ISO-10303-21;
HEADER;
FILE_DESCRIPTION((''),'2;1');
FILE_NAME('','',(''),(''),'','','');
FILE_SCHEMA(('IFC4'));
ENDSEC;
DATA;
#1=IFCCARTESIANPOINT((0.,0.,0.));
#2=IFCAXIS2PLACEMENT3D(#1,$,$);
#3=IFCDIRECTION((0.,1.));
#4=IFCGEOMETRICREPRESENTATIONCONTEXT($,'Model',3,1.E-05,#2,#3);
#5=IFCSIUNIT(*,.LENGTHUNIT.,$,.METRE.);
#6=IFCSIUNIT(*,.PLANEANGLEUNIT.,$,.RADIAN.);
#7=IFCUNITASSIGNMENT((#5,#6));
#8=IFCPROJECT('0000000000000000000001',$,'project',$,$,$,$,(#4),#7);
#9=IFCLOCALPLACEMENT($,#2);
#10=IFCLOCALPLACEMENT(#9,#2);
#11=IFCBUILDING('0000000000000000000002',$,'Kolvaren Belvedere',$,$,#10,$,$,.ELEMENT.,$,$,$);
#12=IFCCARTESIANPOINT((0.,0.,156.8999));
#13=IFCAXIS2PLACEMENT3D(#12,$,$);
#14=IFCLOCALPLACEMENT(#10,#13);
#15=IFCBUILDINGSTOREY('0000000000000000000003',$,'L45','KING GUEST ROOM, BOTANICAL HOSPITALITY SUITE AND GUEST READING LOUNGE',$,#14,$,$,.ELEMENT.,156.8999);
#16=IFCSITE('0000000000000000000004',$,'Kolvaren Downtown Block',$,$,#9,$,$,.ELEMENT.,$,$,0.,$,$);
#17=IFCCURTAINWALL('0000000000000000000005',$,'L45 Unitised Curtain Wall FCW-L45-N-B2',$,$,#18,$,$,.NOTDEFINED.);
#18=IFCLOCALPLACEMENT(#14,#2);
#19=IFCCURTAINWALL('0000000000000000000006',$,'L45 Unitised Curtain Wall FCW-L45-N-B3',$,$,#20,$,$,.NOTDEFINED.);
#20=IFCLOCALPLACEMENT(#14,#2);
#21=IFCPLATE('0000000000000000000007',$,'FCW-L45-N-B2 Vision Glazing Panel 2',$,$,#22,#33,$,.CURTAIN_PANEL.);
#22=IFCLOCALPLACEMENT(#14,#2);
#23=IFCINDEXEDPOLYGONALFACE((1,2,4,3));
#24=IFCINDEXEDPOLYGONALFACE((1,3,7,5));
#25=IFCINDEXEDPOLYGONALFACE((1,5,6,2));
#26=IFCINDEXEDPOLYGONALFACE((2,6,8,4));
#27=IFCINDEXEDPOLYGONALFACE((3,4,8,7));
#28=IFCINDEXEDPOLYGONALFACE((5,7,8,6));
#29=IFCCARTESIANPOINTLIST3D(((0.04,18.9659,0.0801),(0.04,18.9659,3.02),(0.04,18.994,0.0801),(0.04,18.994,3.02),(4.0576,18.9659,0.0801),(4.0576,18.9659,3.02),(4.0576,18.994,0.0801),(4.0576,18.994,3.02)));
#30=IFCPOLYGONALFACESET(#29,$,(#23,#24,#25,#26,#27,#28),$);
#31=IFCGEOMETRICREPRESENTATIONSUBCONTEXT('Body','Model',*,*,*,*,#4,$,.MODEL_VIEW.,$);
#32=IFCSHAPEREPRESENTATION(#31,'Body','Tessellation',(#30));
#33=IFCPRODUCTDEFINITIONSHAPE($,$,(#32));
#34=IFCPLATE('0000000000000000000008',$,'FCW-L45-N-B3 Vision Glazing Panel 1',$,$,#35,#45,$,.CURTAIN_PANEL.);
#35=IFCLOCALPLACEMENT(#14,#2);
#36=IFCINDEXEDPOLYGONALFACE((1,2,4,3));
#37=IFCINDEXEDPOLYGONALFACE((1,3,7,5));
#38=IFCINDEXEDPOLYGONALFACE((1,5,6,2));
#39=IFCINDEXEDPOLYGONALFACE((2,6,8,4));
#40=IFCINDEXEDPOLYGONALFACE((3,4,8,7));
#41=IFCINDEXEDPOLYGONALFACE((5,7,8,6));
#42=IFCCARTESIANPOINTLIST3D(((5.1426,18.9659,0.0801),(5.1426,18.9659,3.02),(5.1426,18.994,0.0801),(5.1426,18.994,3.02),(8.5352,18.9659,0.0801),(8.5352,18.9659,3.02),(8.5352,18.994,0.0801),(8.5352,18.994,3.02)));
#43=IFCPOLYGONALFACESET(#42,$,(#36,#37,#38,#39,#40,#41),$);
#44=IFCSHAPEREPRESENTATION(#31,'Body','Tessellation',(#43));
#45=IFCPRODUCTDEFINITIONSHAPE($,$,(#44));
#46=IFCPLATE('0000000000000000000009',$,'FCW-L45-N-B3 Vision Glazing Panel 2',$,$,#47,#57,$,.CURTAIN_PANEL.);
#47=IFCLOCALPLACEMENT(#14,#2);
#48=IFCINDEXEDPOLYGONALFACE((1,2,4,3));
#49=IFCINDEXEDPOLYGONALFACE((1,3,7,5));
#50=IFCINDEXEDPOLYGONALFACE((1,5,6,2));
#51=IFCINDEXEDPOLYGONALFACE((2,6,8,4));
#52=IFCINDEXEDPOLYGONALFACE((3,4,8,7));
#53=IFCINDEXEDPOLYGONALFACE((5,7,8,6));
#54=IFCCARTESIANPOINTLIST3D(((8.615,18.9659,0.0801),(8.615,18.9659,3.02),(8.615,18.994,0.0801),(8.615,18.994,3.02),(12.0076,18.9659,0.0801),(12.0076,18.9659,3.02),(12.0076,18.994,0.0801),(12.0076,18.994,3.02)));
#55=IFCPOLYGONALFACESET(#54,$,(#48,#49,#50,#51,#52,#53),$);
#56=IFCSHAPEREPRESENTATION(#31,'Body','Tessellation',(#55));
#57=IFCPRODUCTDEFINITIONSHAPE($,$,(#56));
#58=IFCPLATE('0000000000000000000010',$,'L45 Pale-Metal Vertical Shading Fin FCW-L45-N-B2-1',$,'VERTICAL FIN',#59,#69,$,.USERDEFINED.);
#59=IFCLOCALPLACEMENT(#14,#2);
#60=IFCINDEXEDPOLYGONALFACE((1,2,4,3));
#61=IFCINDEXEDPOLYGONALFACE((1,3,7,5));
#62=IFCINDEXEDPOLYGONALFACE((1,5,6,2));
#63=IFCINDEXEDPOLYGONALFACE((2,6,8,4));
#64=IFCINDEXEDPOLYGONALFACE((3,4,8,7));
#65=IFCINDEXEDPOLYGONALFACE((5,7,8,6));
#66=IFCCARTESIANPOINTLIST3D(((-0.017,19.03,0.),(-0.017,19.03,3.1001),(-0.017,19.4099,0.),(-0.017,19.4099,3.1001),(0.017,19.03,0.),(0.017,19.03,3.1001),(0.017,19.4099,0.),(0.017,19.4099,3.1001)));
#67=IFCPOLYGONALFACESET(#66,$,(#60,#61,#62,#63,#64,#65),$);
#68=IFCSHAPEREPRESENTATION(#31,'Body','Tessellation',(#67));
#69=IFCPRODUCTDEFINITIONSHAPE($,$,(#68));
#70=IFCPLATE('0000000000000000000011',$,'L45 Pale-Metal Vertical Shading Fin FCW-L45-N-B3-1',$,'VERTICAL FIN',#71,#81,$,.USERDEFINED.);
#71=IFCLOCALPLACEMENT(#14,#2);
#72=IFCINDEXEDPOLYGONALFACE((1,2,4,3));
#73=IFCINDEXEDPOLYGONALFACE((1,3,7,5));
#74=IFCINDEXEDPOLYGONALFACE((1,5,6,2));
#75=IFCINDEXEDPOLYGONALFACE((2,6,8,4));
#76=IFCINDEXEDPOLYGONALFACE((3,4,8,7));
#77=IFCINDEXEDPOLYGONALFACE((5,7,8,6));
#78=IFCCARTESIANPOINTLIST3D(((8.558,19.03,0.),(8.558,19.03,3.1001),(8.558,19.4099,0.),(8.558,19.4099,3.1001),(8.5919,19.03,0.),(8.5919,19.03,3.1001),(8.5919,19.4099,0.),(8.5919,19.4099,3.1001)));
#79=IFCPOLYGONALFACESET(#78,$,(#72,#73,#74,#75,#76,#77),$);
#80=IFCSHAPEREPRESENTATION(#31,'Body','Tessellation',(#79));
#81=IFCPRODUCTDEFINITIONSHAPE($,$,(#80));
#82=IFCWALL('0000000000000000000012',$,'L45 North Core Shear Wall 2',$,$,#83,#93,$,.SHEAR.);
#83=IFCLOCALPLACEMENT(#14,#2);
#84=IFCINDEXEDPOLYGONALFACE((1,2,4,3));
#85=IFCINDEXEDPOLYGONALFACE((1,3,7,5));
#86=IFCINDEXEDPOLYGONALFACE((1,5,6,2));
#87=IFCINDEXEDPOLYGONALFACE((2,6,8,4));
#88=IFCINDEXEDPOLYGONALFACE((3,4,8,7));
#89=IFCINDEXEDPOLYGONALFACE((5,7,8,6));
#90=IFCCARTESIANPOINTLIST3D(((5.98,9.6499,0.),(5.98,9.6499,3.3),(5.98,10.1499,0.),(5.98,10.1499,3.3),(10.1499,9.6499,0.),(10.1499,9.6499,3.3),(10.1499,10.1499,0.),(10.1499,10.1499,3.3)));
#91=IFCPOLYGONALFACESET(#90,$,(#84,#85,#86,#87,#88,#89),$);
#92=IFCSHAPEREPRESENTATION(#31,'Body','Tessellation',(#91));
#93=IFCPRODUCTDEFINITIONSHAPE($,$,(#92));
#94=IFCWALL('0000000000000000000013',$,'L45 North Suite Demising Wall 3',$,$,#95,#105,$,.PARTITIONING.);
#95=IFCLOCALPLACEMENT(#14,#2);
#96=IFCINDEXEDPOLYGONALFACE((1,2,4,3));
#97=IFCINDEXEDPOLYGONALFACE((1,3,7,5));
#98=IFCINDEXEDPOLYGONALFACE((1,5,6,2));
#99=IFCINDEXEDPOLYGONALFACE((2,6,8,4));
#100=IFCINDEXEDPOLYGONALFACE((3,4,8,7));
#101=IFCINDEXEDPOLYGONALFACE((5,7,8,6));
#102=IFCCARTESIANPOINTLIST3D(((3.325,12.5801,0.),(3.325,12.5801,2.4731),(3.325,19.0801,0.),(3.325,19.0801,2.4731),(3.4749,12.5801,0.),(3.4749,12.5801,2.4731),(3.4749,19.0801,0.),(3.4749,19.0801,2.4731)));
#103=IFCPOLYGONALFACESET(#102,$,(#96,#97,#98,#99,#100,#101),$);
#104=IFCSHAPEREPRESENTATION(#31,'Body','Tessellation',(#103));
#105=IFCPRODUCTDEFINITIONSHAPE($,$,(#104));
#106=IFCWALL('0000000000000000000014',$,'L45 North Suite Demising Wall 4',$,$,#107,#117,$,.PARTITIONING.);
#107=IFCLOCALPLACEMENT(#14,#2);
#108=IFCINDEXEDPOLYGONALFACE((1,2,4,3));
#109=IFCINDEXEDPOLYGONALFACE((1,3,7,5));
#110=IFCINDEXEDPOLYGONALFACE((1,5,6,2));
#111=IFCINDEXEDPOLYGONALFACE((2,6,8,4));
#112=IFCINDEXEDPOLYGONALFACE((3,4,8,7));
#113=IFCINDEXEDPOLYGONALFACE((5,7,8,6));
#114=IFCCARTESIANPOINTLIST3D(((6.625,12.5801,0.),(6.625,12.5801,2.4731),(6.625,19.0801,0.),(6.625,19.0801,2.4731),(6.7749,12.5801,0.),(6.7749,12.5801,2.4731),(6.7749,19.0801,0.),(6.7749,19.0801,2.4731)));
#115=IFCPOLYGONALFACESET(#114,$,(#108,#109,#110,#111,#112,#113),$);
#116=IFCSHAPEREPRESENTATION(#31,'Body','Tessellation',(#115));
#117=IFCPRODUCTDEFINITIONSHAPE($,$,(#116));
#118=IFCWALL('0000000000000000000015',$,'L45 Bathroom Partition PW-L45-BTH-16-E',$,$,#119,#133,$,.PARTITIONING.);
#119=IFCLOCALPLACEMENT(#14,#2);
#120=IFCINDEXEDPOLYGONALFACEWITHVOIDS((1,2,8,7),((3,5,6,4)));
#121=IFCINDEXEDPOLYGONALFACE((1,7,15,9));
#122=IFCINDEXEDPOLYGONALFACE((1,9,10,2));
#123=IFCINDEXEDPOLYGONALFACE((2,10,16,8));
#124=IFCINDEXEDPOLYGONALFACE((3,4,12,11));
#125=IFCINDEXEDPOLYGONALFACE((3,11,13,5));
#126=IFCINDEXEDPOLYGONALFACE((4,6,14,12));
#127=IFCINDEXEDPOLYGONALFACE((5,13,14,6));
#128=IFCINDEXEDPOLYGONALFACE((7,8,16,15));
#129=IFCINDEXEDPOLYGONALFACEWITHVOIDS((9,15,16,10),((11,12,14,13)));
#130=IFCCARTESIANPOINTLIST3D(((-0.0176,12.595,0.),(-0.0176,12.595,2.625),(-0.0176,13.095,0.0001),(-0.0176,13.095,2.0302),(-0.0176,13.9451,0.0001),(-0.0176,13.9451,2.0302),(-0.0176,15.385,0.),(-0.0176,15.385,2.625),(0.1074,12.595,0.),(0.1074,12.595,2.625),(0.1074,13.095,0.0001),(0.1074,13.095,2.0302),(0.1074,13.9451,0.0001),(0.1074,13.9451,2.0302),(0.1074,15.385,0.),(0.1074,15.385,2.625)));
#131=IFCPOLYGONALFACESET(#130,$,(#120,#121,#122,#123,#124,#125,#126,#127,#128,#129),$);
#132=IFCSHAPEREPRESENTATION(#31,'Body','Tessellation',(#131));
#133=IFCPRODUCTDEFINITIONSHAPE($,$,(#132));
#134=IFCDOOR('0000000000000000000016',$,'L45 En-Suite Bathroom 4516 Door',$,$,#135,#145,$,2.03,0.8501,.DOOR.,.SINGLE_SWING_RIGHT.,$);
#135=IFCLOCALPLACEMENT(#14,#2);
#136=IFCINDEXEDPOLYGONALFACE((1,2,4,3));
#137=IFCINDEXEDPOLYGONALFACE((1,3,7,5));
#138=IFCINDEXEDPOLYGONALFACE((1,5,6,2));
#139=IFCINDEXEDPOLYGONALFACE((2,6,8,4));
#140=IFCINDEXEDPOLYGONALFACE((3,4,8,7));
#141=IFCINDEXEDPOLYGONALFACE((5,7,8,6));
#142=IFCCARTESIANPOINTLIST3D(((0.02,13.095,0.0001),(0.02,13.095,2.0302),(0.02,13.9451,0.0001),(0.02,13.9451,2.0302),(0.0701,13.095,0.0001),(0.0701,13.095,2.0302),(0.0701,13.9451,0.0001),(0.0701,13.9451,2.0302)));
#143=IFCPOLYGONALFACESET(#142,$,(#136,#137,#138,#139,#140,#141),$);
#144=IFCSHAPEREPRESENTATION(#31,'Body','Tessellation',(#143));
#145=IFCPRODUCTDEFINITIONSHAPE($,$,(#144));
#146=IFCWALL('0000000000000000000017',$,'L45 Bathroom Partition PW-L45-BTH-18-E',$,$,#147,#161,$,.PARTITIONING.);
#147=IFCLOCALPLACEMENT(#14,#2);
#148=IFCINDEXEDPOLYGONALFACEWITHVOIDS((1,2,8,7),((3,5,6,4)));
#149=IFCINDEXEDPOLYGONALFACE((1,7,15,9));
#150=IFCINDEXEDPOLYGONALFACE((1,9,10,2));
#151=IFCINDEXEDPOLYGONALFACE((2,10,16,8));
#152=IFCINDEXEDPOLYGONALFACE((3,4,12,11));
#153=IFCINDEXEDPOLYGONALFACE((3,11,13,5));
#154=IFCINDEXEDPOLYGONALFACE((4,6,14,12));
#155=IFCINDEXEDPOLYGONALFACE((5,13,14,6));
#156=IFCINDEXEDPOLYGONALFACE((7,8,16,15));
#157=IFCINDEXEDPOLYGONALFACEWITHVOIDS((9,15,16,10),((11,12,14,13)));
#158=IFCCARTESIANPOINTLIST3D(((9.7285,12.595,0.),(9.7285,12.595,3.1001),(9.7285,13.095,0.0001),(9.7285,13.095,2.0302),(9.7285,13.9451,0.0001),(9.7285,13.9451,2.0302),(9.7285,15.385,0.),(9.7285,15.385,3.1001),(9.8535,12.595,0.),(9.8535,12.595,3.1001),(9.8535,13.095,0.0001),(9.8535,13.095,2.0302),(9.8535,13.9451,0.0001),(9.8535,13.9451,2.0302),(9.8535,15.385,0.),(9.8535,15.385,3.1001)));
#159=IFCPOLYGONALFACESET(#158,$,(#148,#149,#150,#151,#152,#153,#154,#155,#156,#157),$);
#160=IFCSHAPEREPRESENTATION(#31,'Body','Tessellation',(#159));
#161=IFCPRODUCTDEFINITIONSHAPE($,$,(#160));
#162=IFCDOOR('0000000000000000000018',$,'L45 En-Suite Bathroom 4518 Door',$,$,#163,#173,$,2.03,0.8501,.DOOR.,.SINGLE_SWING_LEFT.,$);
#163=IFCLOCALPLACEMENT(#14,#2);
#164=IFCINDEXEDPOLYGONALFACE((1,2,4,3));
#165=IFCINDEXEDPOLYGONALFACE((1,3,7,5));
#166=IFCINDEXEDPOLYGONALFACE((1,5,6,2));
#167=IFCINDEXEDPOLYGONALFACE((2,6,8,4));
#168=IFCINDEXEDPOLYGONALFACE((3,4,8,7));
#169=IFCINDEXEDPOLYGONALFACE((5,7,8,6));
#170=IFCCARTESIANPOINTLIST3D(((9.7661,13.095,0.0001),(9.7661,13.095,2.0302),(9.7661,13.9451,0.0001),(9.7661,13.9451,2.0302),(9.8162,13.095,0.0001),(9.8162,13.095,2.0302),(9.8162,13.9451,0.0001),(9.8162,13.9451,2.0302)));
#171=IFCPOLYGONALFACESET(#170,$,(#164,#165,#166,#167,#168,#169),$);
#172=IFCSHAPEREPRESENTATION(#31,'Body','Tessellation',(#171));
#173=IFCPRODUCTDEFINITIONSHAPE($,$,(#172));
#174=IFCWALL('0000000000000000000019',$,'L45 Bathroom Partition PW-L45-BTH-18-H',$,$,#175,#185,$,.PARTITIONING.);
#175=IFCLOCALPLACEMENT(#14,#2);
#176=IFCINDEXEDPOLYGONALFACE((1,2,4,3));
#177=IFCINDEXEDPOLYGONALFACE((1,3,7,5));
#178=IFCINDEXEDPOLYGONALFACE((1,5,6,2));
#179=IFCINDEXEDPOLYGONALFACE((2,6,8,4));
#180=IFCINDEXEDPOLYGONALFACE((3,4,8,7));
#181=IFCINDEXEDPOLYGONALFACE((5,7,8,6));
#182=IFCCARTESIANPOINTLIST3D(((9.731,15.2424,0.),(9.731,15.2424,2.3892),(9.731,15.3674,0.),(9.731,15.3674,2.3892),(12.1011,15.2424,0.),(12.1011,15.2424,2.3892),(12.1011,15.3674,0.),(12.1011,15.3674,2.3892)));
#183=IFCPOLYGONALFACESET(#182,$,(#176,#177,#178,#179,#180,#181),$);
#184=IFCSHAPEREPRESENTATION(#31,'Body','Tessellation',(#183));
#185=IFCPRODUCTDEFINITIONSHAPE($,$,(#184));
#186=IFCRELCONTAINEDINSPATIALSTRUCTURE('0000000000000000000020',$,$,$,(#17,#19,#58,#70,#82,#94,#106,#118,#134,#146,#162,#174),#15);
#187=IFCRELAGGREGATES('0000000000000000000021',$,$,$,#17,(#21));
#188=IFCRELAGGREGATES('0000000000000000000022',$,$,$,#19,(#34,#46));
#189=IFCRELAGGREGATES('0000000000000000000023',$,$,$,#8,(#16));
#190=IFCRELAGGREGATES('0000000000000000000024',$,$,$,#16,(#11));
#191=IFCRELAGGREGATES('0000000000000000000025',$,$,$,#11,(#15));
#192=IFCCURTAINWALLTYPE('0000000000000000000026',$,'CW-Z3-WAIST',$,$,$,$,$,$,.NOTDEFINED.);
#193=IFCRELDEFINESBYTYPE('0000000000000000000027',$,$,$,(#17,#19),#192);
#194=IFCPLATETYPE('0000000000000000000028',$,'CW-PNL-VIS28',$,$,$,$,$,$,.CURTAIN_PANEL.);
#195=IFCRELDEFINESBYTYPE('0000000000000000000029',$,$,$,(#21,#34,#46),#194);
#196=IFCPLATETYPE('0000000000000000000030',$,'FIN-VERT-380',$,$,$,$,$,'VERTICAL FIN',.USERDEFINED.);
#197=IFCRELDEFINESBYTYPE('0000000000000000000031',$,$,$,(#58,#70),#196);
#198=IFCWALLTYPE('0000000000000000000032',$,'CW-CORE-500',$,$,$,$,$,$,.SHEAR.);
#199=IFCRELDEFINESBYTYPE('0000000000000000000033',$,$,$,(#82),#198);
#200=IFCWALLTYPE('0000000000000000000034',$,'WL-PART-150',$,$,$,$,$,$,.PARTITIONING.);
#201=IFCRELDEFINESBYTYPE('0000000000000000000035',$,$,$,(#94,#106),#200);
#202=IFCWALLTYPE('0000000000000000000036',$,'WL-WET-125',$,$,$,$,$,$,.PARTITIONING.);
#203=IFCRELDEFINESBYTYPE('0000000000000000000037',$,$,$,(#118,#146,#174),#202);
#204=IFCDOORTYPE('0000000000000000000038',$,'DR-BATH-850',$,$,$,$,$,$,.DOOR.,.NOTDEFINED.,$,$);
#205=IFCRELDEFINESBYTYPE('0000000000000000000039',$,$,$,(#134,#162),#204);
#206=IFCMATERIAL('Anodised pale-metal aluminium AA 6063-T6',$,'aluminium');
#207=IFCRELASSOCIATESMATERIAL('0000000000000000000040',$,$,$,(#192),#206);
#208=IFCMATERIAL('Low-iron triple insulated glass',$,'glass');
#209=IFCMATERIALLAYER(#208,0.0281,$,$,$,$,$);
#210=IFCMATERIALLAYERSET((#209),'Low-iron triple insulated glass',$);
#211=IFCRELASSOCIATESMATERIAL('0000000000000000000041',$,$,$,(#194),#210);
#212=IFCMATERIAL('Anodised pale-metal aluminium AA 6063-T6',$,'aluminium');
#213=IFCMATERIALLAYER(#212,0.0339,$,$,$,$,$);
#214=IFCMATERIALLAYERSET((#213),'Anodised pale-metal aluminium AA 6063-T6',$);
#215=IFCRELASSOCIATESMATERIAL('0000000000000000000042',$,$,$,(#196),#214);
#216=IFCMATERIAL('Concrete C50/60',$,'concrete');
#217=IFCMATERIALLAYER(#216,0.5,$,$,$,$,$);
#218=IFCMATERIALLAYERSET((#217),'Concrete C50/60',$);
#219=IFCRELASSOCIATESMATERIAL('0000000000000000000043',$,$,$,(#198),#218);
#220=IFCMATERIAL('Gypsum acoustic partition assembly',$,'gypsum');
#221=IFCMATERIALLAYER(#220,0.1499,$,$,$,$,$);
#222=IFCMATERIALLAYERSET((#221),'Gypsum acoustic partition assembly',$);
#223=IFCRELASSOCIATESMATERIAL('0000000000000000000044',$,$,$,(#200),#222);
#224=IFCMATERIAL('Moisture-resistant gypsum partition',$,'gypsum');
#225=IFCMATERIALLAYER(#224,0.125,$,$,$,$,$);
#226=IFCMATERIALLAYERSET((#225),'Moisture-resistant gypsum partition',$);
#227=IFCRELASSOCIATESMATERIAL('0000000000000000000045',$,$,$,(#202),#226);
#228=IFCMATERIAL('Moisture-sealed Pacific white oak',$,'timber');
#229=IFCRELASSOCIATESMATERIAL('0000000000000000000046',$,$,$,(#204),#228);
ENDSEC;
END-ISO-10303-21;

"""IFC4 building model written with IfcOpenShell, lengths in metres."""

from ifc_helpers import new_model, si_unit, direction, frame, frame_2d, origin, origin_2d, place, context, subcontext, project, spatial, rectangle, extrude, material, layer, layer_set, type_object, element, fill, aggregate, save


model = new_model("IFC4")

# Units and contexts
model_context = context("Model", 3, precision=1e-05, world=origin(), true_north=direction((0.0, 1.0)))
body_context = subcontext(model_context, "Body", "Model", "MODEL_VIEW")
ifc_project = project(units=[si_unit("LENGTHUNIT", "METRE"), si_unit("PLANEANGLEUNIT", "RADIAN")], contexts=[model_context])

# Site, building, storey
site_placement = place(None, origin())
site = spatial("IfcSite", under=ifc_project, at=site_placement, Name="Kolvaren Downtown Block", CompositionType="ELEMENT", RefElevation=0.0)
building_placement = place(site_placement, origin())
building = spatial("IfcBuilding", under=site, at=building_placement, Name="Kolvaren Belvedere", CompositionType="ELEMENT")
storey_placement = place(building_placement, frame((0.0, 0.0, 156.8999)))
storey = spatial("IfcBuildingStorey", under=building, at=storey_placement, Name="L45", Description="KING GUEST ROOM, BOTANICAL HOSPITALITY SUITE AND GUEST READING LOUNGE", CompositionType="ELEMENT", Elevation=156.8999)

# Curtain walls
ifc_material_1 = material(Name="Anodised pale-metal aluminium AA 6063-T6", Category="aluminium")
curtain_wall_type = type_object("IfcCurtainWallType", Name="CW-Z3-WAIST", PredefinedType="NOTDEFINED", material=ifc_material_1)
curtain_wall_1_placement = place(storey_placement, origin())
curtain_wall_1 = element("IfcCurtainWall", 1, at=curtain_wall_1_placement, inside=storey, type_object=curtain_wall_type, Name="L45 Unitised Curtain Wall FCW-L45-N-B2", PredefinedType="NOTDEFINED")
curtain_wall_2_placement = place(storey_placement, origin())
curtain_wall_2 = element("IfcCurtainWall", 2, at=curtain_wall_2_placement, inside=storey, type_object=curtain_wall_type, Name="L45 Unitised Curtain Wall FCW-L45-N-B3", PredefinedType="NOTDEFINED")

# Plates
ifc_material_2 = material(Name="Low-iron triple insulated glass", Category="glass")
ifc_layer_1 = layer(ifc_material_2, 0.0281)
ifc_layer_set_1 = layer_set([ifc_layer_1], Name="Low-iron triple insulated glass")
plate_type_1 = type_object("IfcPlateType", Name="CW-PNL-VIS28", PredefinedType="CURTAIN_PANEL", material=ifc_layer_set_1)
plate_1_placement = place(storey_placement, frame((2.0488, 18.98, 0.0801), z_axis=(0.0, 0.0, 1.0), x_axis=(1.0, 0.0, 0.0)))
plate_1 = element("IfcPlate", 3, at=plate_1_placement, type_object=plate_type_1, Name="FCW-L45-N-B2 Vision Glazing Panel 2", PredefinedType="CURTAIN_PANEL", context=body_context, shape_type="SweptSolid", body=[
    extrude(rectangle(XDim=4.0176, YDim=0.0281, at=origin_2d()), origin(), (0.0, 0.0, 1.0), 2.9399),
])
aggregate(curtain_wall_1, [plate_1])
plate_2_placement = place(storey_placement, frame((6.8389, 18.98, 0.0801), z_axis=(0.0, 0.0, 1.0), x_axis=(1.0, 0.0, 0.0)))
plate_2 = element("IfcPlate", 4, at=plate_2_placement, type_object=plate_type_1, Name="FCW-L45-N-B3 Vision Glazing Panel 1", PredefinedType="CURTAIN_PANEL", context=body_context, shape_type="SweptSolid", body=[
    extrude(rectangle(XDim=3.3926, YDim=0.0281, at=origin_2d()), origin(), (0.0, 0.0, 1.0), 2.9399),
])
plate_3_placement = place(storey_placement, frame((10.3113, 18.98, 0.0801), z_axis=(0.0, 0.0, 1.0), x_axis=(1.0, 0.0, 0.0)))
plate_3 = element("IfcPlate", 5, at=plate_3_placement, type_object=plate_type_1, Name="FCW-L45-N-B3 Vision Glazing Panel 2", PredefinedType="CURTAIN_PANEL", context=body_context, shape_type="SweptSolid", body=[
    extrude(rectangle(XDim=3.3926, YDim=0.0281, at=origin_2d()), origin(), (0.0, 0.0, 1.0), 2.9399),
])
aggregate(curtain_wall_2, [plate_2, plate_3])

# Plates
ifc_material_3 = material(Name="Anodised pale-metal aluminium AA 6063-T6", Category="aluminium")
ifc_layer_2 = layer(ifc_material_3, 0.0339)
ifc_layer_set_2 = layer_set([ifc_layer_2], Name="Anodised pale-metal aluminium AA 6063-T6")
plate_type_2 = type_object("IfcPlateType", Name="FIN-VERT-380", ElementType="VERTICAL FIN", PredefinedType="USERDEFINED", material=ifc_layer_set_2)
for number, where, z_axis, x_axis, name in (
    (6, (0.0, 19.22, 0.0), (0.0, 0.0, 1.0), (0.0, 1.0, 0.0), "L45 Pale-Metal Vertical Shading Fin FCW-L45-N-B2-1"),
    (7, (8.575, 19.22, 0.0), (0.0, 0.0, 1.0), (0.0, 1.0, 0.0), "L45 Pale-Metal Vertical Shading Fin FCW-L45-N-B3-1"),
):
    element("IfcPlate", number, at=place(storey_placement, frame(where, z_axis=z_axis, x_axis=x_axis)), inside=storey, type_object=plate_type_2, Name=name, ObjectType="VERTICAL FIN", PredefinedType="USERDEFINED", context=body_context, shape_type="SweptSolid", body=[
        extrude(rectangle(XDim=0.3799, YDim=0.0339, at=origin_2d()), origin(), (0.0, 0.0, 1.0), 3.1001),
    ])

# Walls
ifc_material_4 = material(Name="Concrete C50/60", Category="concrete")
ifc_layer_3 = layer(ifc_material_4, 0.5)
ifc_layer_set_3 = layer_set([ifc_layer_3], Name="Concrete C50/60")
wall_type_1 = type_object("IfcWallType", Name="CW-CORE-500", PredefinedType="SHEAR", material=ifc_layer_set_3)
wall_1_placement = place(storey_placement, frame((5.98, 9.8999, 0.0), z_axis=(0.0, 0.0, 1.0), x_axis=(1.0, 0.0, 0.0)))
element("IfcWall", 8, at=wall_1_placement, inside=storey, type_object=wall_type_1, Name="L45 North Core Shear Wall 2", PredefinedType="SHEAR", context=body_context, shape_type="SweptSolid", body=[
    extrude(rectangle(XDim=4.1699, YDim=0.5, at=frame_2d((2.085, 0.0))), origin(), (0.0, 0.0, 1.0), 3.3),
])
ifc_material_5 = material(Name="Gypsum acoustic partition assembly", Category="gypsum")
ifc_layer_4 = layer(ifc_material_5, 0.1499)
ifc_layer_set_4 = layer_set([ifc_layer_4], Name="Gypsum acoustic partition assembly")
wall_type_2 = type_object("IfcWallType", Name="WL-PART-150", PredefinedType="PARTITIONING", material=ifc_layer_set_4)
for number, where, z_axis, x_axis, name in (
    (9, (3.3999, 12.5801, 0.0), (0.0, 0.0, 1.0), (0.0, 1.0, 0.0), "L45 North Suite Demising Wall 3"),
    (10, (6.7, 12.5801, 0.0), (0.0, 0.0, 1.0), (0.0, 1.0, 0.0), "L45 North Suite Demising Wall 4"),
):
    element("IfcWall", number, at=place(storey_placement, frame(where, z_axis=z_axis, x_axis=x_axis)), inside=storey, type_object=wall_type_2, Name=name, PredefinedType="PARTITIONING", context=body_context, shape_type="SweptSolid", body=[
        extrude(rectangle(XDim=6.5, YDim=0.1499, at=frame_2d((3.25, 0.0))), origin(), (0.0, 0.0, 1.0), 2.4731),
    ])

# Walls, openings, doors
ifc_material_6 = material(Name="Moisture-resistant gypsum partition", Category="gypsum")
ifc_layer_5 = layer(ifc_material_6, 0.125)
ifc_layer_set_5 = layer_set([ifc_layer_5], Name="Moisture-resistant gypsum partition")
wall_type_3 = type_object("IfcWallType", Name="WL-WET-125", PredefinedType="PARTITIONING", material=ifc_layer_set_5)
wall_2_placement = place(storey_placement, frame((0.0449, 12.595, 0.0), z_axis=(0.0, 0.0, 1.0), x_axis=(0.0, 1.0, 0.0)))
wall_2 = element("IfcWall", 11, at=wall_2_placement, inside=storey, type_object=wall_type_3, Name="L45 Bathroom Partition PW-L45-BTH-16-E", PredefinedType="PARTITIONING", context=body_context, shape_type="SweptSolid", body=[
    extrude(rectangle(XDim=2.79, YDim=0.125, at=frame_2d((1.395, 0.0))), origin(), (0.0, 0.0, 1.0), 2.625),
])
opening_1_placement = place(wall_2_placement, frame((0.5, 0.0, 0.0)))
opening_1 = element("IfcOpeningElement", 12, at=opening_1_placement, cuts=wall_2, PredefinedType="OPENING", context=body_context, shape_type="SweptSolid", body=[
    extrude(rectangle(XDim=0.8501, YDim=2.03, at=frame_2d((0.425, 1.0151))), frame((0.0, 0.0725, 0.0), z_axis=(0.0, -1.0, 0.0), x_axis=(1.0, 0.0, 0.0)), (0.0, 0.0, 1.0), 0.145),
])
ifc_material_7 = material(Name="Moisture-sealed Pacific white oak", Category="timber")
door_type = type_object("IfcDoorType", Name="DR-BATH-850", OperationType="NOTDEFINED", PredefinedType="DOOR", material=ifc_material_7)
door_1_placement = place(opening_1_placement, origin())
door_1 = element("IfcDoor", 13, at=door_1_placement, inside=storey, type_object=door_type, Name="L45 En-Suite Bathroom 4516 Door", OperationType="SINGLE_SWING_RIGHT", OverallHeight=2.03, OverallWidth=0.8501, PredefinedType="DOOR", context=body_context, shape_type="SweptSolid", body=[
    extrude(rectangle(XDim=0.8501, YDim=2.03, at=frame_2d((0.425, 1.0151))), frame((0.0, 0.0249, 0.0), z_axis=(0.0, -1.0, 0.0), x_axis=(1.0, 0.0, 0.0)), (0.0, 0.0, 1.0), 0.05),
])
fill(opening_1, door_1)
wall_3_placement = place(storey_placement, frame((9.791, 12.595, 0.0), z_axis=(0.0, 0.0, 1.0), x_axis=(0.0, 1.0, 0.0)))
wall_3 = element("IfcWall", 14, at=wall_3_placement, inside=storey, type_object=wall_type_3, Name="L45 Bathroom Partition PW-L45-BTH-18-E", PredefinedType="PARTITIONING", context=body_context, shape_type="SweptSolid", body=[
    extrude(rectangle(XDim=2.79, YDim=0.125, at=frame_2d((1.395, 0.0))), origin(), (0.0, 0.0, 1.0), 3.1001),
])
opening_2_placement = place(wall_3_placement, frame((0.5, 0.0, 0.0)))
opening_2 = element("IfcOpeningElement", 15, at=opening_2_placement, cuts=wall_3, PredefinedType="OPENING", context=body_context, shape_type="SweptSolid", body=[
    extrude(rectangle(XDim=0.8501, YDim=2.03, at=frame_2d((0.425, 1.0151))), frame((0.0, 0.0725, 0.0), z_axis=(0.0, -1.0, 0.0), x_axis=(1.0, 0.0, 0.0)), (0.0, 0.0, 1.0), 0.145),
])
door_2_placement = place(opening_2_placement, origin())
door_2 = element("IfcDoor", 16, at=door_2_placement, inside=storey, type_object=door_type, Name="L45 En-Suite Bathroom 4518 Door", OperationType="SINGLE_SWING_LEFT", OverallHeight=2.03, OverallWidth=0.8501, PredefinedType="DOOR", context=body_context, shape_type="SweptSolid", body=[
    extrude(rectangle(XDim=0.8501, YDim=2.03, at=frame_2d((0.425, 1.0151))), frame((0.0, 0.0249, 0.0), z_axis=(0.0, -1.0, 0.0), x_axis=(1.0, 0.0, 0.0)), (0.0, 0.0, 1.0), 0.05),
])
fill(opening_2, door_2)

# Wall
wall_4_placement = place(storey_placement, frame((9.731, 15.3049, 0.0), z_axis=(0.0, 0.0, 1.0), x_axis=(1.0, 0.0, 0.0)))
element("IfcWall", 17, at=wall_4_placement, inside=storey, type_object=wall_type_3, Name="L45 Bathroom Partition PW-L45-BTH-18-H", PredefinedType="PARTITIONING", context=body_context, shape_type="SweptSolid", body=[
    extrude(rectangle(XDim=2.3701, YDim=0.125, at=frame_2d((1.1851, 0.0))), origin(), (0.0, 0.0, 1.0), 2.3892),
])

save(model, "model.ifc")
